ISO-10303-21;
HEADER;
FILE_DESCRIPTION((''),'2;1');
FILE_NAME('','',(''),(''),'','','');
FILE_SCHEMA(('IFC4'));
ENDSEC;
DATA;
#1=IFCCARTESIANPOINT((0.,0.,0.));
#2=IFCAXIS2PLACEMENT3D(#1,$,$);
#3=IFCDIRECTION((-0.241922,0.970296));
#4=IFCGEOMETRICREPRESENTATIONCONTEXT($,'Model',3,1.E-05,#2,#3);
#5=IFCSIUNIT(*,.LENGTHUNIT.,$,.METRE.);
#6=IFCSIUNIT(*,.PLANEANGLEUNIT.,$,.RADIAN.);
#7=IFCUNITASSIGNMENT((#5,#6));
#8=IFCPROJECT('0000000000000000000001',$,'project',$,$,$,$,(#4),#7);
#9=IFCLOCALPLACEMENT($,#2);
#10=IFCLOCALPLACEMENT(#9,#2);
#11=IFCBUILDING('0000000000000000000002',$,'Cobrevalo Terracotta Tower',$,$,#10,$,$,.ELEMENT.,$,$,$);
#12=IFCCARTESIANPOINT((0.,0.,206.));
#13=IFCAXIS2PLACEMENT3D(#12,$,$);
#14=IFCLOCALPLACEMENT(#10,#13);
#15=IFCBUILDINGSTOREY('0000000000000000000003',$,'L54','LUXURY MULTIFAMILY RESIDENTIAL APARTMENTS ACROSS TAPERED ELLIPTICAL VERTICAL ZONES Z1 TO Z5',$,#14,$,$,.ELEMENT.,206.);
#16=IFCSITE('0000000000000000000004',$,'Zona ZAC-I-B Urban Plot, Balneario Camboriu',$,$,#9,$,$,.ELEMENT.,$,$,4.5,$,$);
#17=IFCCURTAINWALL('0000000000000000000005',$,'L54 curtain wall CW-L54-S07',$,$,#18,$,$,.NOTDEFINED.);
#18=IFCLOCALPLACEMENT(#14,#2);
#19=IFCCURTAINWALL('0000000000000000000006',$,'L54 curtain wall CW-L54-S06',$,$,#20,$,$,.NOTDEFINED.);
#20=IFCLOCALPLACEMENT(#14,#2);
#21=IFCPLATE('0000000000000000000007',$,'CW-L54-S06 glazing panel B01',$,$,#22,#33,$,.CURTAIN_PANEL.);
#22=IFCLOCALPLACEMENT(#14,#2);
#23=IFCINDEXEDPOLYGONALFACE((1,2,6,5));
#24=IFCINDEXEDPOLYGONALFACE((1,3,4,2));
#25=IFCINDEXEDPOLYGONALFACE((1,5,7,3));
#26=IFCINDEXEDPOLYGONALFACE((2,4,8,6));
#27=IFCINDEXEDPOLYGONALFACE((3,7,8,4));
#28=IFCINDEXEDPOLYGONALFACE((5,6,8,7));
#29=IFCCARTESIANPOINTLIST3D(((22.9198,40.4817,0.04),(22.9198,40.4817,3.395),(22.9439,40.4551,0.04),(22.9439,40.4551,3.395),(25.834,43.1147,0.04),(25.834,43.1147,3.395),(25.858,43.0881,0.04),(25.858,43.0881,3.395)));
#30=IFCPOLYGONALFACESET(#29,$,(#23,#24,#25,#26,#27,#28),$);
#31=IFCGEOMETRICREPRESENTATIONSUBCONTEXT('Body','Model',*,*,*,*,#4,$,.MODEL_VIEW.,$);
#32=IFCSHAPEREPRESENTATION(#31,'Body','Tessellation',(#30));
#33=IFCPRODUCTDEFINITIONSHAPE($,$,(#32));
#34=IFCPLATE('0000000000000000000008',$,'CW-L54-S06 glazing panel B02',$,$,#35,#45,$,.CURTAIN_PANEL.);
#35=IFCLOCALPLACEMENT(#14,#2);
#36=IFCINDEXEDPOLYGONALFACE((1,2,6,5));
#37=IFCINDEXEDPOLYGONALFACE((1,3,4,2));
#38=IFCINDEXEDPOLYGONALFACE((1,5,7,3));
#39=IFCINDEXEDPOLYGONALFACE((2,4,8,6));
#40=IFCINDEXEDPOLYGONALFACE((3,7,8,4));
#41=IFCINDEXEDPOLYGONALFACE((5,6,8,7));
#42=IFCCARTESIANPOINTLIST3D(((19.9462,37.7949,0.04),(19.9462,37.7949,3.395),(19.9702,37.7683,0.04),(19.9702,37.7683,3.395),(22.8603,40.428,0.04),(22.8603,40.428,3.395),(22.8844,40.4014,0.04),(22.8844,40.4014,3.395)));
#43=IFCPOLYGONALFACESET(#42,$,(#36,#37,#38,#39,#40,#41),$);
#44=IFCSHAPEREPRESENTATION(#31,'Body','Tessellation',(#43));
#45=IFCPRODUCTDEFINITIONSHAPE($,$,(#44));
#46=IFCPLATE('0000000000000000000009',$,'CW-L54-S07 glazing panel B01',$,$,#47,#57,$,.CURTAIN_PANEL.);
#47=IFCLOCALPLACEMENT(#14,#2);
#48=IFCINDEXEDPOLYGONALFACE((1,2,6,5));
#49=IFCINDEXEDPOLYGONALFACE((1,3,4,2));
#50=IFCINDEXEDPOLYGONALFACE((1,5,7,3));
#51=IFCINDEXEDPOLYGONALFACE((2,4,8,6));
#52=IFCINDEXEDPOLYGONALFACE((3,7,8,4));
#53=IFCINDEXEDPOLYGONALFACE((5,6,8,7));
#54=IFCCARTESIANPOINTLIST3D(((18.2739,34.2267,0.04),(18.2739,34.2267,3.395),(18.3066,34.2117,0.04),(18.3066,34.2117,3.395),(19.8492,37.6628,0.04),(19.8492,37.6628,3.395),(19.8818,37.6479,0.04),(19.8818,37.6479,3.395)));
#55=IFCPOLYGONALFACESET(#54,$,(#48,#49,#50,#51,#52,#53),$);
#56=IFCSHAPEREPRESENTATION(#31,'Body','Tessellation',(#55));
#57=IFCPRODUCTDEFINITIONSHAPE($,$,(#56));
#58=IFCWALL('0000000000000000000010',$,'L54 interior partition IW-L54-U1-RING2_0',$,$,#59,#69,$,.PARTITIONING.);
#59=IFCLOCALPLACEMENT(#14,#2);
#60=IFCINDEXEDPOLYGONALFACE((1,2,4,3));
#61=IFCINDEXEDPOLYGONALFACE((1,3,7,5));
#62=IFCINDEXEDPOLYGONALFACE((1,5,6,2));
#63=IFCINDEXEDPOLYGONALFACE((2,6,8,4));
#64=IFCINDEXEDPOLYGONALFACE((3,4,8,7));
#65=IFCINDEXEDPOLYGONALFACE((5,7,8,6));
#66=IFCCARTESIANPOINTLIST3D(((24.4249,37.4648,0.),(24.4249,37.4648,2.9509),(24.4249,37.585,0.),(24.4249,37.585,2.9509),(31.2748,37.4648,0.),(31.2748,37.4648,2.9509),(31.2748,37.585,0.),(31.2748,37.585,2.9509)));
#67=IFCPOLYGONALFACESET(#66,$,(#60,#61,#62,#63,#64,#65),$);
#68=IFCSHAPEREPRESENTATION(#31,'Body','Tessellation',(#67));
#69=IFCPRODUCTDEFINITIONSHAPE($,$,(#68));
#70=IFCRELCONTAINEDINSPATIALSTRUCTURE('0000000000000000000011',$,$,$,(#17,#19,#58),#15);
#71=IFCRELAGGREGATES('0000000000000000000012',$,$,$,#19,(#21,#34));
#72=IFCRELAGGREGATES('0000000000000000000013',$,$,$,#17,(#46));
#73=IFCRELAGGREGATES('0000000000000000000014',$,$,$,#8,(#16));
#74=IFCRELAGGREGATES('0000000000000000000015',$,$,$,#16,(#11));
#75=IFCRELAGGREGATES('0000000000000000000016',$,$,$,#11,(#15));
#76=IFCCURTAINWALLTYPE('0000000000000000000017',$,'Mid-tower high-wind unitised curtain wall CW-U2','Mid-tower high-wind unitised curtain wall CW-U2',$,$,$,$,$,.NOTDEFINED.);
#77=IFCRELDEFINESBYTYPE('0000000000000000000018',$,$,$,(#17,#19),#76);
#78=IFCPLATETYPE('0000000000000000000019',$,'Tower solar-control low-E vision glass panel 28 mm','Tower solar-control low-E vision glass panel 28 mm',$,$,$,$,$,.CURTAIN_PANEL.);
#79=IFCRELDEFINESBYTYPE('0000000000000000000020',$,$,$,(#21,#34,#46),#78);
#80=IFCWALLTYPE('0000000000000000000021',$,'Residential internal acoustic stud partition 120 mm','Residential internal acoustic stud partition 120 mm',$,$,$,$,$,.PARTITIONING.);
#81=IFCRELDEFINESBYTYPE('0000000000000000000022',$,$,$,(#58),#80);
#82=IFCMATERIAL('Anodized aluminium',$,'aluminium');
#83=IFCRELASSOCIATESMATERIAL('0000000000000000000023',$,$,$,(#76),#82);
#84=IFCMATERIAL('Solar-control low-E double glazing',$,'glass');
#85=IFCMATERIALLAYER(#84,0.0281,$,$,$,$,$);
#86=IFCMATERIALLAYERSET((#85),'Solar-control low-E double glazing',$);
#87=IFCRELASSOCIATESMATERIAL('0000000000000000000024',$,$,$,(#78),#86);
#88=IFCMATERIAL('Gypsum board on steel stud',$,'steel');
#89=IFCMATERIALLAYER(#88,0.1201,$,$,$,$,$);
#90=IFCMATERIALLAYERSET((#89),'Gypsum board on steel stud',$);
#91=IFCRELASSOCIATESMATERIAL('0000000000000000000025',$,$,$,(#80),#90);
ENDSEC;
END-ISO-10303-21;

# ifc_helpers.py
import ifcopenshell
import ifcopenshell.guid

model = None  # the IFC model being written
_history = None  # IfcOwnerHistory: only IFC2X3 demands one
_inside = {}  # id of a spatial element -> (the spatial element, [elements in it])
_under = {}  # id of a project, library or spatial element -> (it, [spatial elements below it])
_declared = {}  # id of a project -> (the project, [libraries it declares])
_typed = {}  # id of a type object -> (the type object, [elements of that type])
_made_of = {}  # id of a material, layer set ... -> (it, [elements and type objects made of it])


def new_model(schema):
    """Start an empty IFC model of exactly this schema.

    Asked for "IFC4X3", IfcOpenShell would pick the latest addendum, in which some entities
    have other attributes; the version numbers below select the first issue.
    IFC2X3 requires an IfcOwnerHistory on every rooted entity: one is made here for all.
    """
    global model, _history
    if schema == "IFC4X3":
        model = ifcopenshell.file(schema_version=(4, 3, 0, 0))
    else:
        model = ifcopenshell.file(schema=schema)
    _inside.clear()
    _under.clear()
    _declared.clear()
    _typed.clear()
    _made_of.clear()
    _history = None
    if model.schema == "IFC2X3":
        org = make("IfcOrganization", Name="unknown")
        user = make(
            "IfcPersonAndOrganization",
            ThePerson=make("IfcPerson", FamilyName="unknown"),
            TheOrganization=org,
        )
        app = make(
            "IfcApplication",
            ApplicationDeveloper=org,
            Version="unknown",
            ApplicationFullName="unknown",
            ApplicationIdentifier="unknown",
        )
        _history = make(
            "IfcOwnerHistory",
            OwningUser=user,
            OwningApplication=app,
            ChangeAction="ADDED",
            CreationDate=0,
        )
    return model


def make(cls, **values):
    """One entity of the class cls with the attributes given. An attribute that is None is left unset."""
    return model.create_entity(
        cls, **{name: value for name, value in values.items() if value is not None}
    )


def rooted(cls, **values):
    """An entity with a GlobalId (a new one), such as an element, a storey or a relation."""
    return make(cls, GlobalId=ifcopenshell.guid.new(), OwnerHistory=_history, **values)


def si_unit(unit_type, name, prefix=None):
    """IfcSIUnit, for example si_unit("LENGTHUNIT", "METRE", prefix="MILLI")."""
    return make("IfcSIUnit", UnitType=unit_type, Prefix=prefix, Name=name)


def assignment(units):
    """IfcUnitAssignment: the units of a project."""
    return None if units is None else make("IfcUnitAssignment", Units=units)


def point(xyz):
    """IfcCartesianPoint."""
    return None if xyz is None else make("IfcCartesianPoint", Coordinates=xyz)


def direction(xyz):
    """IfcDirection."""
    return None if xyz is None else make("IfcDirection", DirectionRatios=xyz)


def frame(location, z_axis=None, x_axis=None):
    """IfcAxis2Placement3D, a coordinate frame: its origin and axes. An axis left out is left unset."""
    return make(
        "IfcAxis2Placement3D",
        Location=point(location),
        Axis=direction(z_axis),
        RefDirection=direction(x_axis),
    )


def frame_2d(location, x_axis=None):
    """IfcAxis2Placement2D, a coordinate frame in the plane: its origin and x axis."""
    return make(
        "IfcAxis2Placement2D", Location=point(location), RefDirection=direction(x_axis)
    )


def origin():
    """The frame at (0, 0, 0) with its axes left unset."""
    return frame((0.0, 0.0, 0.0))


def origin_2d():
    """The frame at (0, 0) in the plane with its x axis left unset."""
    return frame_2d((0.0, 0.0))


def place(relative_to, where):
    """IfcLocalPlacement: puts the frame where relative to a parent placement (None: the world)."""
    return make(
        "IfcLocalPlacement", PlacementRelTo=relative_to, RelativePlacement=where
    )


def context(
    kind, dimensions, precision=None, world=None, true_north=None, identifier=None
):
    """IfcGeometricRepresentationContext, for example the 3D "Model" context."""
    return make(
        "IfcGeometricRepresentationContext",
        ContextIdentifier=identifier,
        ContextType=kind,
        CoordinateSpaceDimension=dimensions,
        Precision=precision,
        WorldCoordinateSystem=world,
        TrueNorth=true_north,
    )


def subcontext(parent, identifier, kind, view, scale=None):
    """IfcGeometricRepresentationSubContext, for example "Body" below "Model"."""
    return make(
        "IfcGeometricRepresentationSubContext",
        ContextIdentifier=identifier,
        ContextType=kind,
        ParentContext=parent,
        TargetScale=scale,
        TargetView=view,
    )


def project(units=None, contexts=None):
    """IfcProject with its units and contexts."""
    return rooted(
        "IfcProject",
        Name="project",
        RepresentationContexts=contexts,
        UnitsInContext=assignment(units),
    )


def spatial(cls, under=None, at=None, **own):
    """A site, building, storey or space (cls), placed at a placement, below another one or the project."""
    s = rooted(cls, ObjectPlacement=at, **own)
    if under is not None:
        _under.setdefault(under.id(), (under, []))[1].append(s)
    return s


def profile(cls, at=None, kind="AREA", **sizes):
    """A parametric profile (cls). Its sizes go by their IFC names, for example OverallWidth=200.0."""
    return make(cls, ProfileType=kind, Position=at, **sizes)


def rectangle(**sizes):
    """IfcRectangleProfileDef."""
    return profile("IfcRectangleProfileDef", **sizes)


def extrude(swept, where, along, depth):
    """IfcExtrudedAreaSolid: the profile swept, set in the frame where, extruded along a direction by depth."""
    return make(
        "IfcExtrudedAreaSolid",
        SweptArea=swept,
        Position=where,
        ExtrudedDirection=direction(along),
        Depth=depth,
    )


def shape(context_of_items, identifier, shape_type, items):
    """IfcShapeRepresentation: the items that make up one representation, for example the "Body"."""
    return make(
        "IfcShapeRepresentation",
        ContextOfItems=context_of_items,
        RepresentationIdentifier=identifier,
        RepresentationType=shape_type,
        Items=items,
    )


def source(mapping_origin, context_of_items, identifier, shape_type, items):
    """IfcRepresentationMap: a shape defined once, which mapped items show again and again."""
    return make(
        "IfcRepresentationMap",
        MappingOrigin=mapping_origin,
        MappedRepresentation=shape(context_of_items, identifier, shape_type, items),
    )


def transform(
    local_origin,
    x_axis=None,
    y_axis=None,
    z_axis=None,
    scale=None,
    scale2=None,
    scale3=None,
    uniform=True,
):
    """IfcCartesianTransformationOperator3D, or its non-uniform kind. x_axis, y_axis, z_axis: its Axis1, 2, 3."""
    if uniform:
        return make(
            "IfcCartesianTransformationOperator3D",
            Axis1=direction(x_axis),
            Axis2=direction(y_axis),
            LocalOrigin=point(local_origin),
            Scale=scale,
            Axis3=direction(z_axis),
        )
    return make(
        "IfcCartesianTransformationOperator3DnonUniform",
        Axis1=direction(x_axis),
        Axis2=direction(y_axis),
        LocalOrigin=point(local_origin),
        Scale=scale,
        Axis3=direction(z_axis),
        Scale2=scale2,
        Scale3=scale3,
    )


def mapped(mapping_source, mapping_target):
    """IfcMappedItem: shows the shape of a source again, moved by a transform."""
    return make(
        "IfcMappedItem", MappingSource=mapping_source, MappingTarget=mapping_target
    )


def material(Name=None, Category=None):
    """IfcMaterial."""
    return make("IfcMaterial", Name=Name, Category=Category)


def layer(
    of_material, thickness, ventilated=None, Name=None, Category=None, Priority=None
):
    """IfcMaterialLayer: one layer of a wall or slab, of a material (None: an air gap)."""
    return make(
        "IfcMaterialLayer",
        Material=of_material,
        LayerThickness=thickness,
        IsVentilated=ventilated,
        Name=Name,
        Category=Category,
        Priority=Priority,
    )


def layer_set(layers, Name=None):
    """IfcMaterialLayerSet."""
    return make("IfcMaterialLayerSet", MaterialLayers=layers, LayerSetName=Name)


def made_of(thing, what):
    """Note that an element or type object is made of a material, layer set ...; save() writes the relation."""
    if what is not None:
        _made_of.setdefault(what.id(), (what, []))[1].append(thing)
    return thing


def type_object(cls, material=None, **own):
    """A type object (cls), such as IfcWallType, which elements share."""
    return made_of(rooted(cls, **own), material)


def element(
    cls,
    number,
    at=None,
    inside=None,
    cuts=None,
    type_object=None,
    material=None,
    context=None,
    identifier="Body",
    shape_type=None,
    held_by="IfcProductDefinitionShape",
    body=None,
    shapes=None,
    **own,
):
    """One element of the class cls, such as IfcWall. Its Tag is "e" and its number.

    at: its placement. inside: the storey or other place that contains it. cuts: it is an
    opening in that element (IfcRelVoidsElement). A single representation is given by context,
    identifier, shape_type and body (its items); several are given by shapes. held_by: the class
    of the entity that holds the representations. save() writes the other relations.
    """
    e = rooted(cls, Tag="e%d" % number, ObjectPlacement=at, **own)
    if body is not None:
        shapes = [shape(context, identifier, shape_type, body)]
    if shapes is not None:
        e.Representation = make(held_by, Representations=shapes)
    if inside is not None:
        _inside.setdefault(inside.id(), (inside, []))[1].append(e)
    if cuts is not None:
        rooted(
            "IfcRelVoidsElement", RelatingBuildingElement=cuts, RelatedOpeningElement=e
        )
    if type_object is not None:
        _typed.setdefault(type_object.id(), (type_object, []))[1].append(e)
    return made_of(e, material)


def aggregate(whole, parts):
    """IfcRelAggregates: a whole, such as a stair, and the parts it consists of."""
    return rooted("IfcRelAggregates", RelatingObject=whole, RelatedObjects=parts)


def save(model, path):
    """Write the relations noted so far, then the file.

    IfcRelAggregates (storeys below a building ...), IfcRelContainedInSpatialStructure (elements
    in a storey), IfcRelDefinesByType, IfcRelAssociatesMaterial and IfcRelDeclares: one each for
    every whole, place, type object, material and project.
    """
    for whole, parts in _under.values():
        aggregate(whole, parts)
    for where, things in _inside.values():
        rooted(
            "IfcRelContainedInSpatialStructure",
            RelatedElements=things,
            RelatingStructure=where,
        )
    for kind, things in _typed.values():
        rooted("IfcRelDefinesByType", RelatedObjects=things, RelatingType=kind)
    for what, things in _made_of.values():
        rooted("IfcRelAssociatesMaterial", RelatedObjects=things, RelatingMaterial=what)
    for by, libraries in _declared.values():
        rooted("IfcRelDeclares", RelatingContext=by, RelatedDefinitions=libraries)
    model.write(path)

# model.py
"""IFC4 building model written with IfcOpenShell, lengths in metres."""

from ifc_helpers import new_model, si_unit, direction, frame, frame_2d, origin, origin_2d, place, context, subcontext, project, spatial, rectangle, extrude, source, transform, mapped, material, layer, layer_set, type_object, element, aggregate, save


model = new_model("IFC4")

# Units and contexts
model_context = context("Model", 3, precision=1e-05, world=origin(), true_north=direction((-0.241922, 0.970296)))
body_context = subcontext(model_context, "Body", "Model", "MODEL_VIEW")
ifc_project = project(units=[si_unit("LENGTHUNIT", "METRE"), si_unit("PLANEANGLEUNIT", "RADIAN")], contexts=[model_context])

# Site, building, storey
site_placement = place(None, origin())
site = spatial("IfcSite", under=ifc_project, at=site_placement, Name="Zona ZAC-I-B Urban Plot, Balneario Camboriu", CompositionType="ELEMENT", RefElevation=4.5)
building_placement = place(site_placement, origin())
building = spatial("IfcBuilding", under=site, at=building_placement, Name="Cobrevalo Terracotta Tower", CompositionType="ELEMENT")
storey_placement = place(building_placement, frame((0.0, 0.0, 206.0)))
storey = spatial("IfcBuildingStorey", under=building, at=storey_placement, Name="L54", Description="LUXURY MULTIFAMILY RESIDENTIAL APARTMENTS ACROSS TAPERED ELLIPTICAL VERTICAL ZONES Z1 TO Z5", CompositionType="ELEMENT", Elevation=206.0)

# Curtain walls
ifc_material_1 = material(Name="Anodized aluminium", Category="aluminium")
curtain_wall_type = type_object("IfcCurtainWallType", Name="Mid-tower high-wind unitised curtain wall CW-U2", Description="Mid-tower high-wind unitised curtain wall CW-U2", PredefinedType="NOTDEFINED", material=ifc_material_1)
curtain_wall_1_placement = place(storey_placement, origin())
curtain_wall_1 = element("IfcCurtainWall", 1, at=curtain_wall_1_placement, inside=storey, type_object=curtain_wall_type, Name="L54 curtain wall CW-L54-S07", PredefinedType="NOTDEFINED")
curtain_wall_2_placement = place(storey_placement, origin())
curtain_wall_2 = element("IfcCurtainWall", 2, at=curtain_wall_2_placement, inside=storey, type_object=curtain_wall_type, Name="L54 curtain wall CW-L54-S06", PredefinedType="NOTDEFINED")

# Plates
ifc_material_2 = material(Name="Solar-control low-E double glazing", Category="glass")
ifc_layer_1 = layer(ifc_material_2, 0.0281)
ifc_layer_set_1 = layer_set([ifc_layer_1], Name="Solar-control low-E double glazing")
plate_type = type_object("IfcPlateType", Name="Tower solar-control low-E vision glass panel 28 mm", Description="Tower solar-control low-E vision glass panel 28 mm", PredefinedType="CURTAIN_PANEL", material=ifc_layer_set_1)
shared_shape_1 = source(origin(), body_context, "Body", "SweptSolid", [
    extrude(rectangle(XDim=3.9275, YDim=0.0359, at=origin_2d()), origin(), (0.0, 0.0, 1.0), 3.355),
])
plate_1_placement = place(storey_placement, frame((24.3889, 41.7849, 0.04), z_axis=(0.0, 0.0, 1.0), x_axis=(-0.741988, -0.670414, 0.0)))
plate_1 = element("IfcPlate", 3, at=plate_1_placement, type_object=plate_type, Name="CW-L54-S06 glazing panel B01", PredefinedType="CURTAIN_PANEL", context=body_context, shape_type="MappedRepresentation", body=[
    mapped(shared_shape_1, transform((0.0, 0.0, 0.0), scale=1.0)),
])
plate_2_placement = place(storey_placement, frame((21.4153, 39.0981, 0.04), z_axis=(0.0, 0.0, 1.0), x_axis=(-0.741988, -0.670414, 0.0)))
plate_2 = element("IfcPlate", 4, at=plate_2_placement, type_object=plate_type, Name="CW-L54-S06 glazing panel B02", PredefinedType="CURTAIN_PANEL", context=body_context, shape_type="MappedRepresentation", body=[
    mapped(shared_shape_1, transform((0.0, 0.0, 0.0), scale=1.0)),
])
aggregate(curtain_wall_2, [plate_1, plate_2])
shared_shape_2 = source(origin(), body_context, "Body", "SweptSolid", [
    extrude(rectangle(XDim=3.78, YDim=0.0359, at=origin_2d()), origin(), (0.0, 0.0, 1.0), 3.355),
])
plate_3_placement = place(storey_placement, frame((19.0779, 35.9373, 0.04), z_axis=(0.0, 0.0, 1.0), x_axis=(-0.416731, -0.90903, 0.0)))
plate_3 = element("IfcPlate", 5, at=plate_3_placement, type_object=plate_type, Name="CW-L54-S07 glazing panel B01", PredefinedType="CURTAIN_PANEL", context=body_context, shape_type="MappedRepresentation", body=[
    mapped(shared_shape_2, transform((0.0, 0.0, 0.0), scale=1.0)),
])
aggregate(curtain_wall_1, [plate_3])

# Wall
ifc_material_3 = material(Name="Gypsum board on steel stud", Category="steel")
ifc_layer_2 = layer(ifc_material_3, 0.1201)
ifc_layer_set_2 = layer_set([ifc_layer_2], Name="Gypsum board on steel stud")
wall_type = type_object("IfcWallType", Name="Residential internal acoustic stud partition 120 mm", Description="Residential internal acoustic stud partition 120 mm", PredefinedType="PARTITIONING", material=ifc_layer_set_2)
wall_placement = place(storey_placement, frame((24.425, 37.5249, 0.0), z_axis=(0.0, 0.0, 1.0), x_axis=(1.0, 0.0, 0.0)))
element("IfcWall", 6, at=wall_placement, inside=storey, type_object=wall_type, Name="L54 interior partition IW-L54-U1-RING2_0", PredefinedType="PARTITIONING", context=body_context, shape_type="SweptSolid", body=[
    extrude(rectangle(XDim=6.8499, YDim=0.1201, at=frame_2d((3.4248, 0.0))), origin(), (0.0, 0.0, 1.0), 2.9509),
])

save(model, "model.ifc")
